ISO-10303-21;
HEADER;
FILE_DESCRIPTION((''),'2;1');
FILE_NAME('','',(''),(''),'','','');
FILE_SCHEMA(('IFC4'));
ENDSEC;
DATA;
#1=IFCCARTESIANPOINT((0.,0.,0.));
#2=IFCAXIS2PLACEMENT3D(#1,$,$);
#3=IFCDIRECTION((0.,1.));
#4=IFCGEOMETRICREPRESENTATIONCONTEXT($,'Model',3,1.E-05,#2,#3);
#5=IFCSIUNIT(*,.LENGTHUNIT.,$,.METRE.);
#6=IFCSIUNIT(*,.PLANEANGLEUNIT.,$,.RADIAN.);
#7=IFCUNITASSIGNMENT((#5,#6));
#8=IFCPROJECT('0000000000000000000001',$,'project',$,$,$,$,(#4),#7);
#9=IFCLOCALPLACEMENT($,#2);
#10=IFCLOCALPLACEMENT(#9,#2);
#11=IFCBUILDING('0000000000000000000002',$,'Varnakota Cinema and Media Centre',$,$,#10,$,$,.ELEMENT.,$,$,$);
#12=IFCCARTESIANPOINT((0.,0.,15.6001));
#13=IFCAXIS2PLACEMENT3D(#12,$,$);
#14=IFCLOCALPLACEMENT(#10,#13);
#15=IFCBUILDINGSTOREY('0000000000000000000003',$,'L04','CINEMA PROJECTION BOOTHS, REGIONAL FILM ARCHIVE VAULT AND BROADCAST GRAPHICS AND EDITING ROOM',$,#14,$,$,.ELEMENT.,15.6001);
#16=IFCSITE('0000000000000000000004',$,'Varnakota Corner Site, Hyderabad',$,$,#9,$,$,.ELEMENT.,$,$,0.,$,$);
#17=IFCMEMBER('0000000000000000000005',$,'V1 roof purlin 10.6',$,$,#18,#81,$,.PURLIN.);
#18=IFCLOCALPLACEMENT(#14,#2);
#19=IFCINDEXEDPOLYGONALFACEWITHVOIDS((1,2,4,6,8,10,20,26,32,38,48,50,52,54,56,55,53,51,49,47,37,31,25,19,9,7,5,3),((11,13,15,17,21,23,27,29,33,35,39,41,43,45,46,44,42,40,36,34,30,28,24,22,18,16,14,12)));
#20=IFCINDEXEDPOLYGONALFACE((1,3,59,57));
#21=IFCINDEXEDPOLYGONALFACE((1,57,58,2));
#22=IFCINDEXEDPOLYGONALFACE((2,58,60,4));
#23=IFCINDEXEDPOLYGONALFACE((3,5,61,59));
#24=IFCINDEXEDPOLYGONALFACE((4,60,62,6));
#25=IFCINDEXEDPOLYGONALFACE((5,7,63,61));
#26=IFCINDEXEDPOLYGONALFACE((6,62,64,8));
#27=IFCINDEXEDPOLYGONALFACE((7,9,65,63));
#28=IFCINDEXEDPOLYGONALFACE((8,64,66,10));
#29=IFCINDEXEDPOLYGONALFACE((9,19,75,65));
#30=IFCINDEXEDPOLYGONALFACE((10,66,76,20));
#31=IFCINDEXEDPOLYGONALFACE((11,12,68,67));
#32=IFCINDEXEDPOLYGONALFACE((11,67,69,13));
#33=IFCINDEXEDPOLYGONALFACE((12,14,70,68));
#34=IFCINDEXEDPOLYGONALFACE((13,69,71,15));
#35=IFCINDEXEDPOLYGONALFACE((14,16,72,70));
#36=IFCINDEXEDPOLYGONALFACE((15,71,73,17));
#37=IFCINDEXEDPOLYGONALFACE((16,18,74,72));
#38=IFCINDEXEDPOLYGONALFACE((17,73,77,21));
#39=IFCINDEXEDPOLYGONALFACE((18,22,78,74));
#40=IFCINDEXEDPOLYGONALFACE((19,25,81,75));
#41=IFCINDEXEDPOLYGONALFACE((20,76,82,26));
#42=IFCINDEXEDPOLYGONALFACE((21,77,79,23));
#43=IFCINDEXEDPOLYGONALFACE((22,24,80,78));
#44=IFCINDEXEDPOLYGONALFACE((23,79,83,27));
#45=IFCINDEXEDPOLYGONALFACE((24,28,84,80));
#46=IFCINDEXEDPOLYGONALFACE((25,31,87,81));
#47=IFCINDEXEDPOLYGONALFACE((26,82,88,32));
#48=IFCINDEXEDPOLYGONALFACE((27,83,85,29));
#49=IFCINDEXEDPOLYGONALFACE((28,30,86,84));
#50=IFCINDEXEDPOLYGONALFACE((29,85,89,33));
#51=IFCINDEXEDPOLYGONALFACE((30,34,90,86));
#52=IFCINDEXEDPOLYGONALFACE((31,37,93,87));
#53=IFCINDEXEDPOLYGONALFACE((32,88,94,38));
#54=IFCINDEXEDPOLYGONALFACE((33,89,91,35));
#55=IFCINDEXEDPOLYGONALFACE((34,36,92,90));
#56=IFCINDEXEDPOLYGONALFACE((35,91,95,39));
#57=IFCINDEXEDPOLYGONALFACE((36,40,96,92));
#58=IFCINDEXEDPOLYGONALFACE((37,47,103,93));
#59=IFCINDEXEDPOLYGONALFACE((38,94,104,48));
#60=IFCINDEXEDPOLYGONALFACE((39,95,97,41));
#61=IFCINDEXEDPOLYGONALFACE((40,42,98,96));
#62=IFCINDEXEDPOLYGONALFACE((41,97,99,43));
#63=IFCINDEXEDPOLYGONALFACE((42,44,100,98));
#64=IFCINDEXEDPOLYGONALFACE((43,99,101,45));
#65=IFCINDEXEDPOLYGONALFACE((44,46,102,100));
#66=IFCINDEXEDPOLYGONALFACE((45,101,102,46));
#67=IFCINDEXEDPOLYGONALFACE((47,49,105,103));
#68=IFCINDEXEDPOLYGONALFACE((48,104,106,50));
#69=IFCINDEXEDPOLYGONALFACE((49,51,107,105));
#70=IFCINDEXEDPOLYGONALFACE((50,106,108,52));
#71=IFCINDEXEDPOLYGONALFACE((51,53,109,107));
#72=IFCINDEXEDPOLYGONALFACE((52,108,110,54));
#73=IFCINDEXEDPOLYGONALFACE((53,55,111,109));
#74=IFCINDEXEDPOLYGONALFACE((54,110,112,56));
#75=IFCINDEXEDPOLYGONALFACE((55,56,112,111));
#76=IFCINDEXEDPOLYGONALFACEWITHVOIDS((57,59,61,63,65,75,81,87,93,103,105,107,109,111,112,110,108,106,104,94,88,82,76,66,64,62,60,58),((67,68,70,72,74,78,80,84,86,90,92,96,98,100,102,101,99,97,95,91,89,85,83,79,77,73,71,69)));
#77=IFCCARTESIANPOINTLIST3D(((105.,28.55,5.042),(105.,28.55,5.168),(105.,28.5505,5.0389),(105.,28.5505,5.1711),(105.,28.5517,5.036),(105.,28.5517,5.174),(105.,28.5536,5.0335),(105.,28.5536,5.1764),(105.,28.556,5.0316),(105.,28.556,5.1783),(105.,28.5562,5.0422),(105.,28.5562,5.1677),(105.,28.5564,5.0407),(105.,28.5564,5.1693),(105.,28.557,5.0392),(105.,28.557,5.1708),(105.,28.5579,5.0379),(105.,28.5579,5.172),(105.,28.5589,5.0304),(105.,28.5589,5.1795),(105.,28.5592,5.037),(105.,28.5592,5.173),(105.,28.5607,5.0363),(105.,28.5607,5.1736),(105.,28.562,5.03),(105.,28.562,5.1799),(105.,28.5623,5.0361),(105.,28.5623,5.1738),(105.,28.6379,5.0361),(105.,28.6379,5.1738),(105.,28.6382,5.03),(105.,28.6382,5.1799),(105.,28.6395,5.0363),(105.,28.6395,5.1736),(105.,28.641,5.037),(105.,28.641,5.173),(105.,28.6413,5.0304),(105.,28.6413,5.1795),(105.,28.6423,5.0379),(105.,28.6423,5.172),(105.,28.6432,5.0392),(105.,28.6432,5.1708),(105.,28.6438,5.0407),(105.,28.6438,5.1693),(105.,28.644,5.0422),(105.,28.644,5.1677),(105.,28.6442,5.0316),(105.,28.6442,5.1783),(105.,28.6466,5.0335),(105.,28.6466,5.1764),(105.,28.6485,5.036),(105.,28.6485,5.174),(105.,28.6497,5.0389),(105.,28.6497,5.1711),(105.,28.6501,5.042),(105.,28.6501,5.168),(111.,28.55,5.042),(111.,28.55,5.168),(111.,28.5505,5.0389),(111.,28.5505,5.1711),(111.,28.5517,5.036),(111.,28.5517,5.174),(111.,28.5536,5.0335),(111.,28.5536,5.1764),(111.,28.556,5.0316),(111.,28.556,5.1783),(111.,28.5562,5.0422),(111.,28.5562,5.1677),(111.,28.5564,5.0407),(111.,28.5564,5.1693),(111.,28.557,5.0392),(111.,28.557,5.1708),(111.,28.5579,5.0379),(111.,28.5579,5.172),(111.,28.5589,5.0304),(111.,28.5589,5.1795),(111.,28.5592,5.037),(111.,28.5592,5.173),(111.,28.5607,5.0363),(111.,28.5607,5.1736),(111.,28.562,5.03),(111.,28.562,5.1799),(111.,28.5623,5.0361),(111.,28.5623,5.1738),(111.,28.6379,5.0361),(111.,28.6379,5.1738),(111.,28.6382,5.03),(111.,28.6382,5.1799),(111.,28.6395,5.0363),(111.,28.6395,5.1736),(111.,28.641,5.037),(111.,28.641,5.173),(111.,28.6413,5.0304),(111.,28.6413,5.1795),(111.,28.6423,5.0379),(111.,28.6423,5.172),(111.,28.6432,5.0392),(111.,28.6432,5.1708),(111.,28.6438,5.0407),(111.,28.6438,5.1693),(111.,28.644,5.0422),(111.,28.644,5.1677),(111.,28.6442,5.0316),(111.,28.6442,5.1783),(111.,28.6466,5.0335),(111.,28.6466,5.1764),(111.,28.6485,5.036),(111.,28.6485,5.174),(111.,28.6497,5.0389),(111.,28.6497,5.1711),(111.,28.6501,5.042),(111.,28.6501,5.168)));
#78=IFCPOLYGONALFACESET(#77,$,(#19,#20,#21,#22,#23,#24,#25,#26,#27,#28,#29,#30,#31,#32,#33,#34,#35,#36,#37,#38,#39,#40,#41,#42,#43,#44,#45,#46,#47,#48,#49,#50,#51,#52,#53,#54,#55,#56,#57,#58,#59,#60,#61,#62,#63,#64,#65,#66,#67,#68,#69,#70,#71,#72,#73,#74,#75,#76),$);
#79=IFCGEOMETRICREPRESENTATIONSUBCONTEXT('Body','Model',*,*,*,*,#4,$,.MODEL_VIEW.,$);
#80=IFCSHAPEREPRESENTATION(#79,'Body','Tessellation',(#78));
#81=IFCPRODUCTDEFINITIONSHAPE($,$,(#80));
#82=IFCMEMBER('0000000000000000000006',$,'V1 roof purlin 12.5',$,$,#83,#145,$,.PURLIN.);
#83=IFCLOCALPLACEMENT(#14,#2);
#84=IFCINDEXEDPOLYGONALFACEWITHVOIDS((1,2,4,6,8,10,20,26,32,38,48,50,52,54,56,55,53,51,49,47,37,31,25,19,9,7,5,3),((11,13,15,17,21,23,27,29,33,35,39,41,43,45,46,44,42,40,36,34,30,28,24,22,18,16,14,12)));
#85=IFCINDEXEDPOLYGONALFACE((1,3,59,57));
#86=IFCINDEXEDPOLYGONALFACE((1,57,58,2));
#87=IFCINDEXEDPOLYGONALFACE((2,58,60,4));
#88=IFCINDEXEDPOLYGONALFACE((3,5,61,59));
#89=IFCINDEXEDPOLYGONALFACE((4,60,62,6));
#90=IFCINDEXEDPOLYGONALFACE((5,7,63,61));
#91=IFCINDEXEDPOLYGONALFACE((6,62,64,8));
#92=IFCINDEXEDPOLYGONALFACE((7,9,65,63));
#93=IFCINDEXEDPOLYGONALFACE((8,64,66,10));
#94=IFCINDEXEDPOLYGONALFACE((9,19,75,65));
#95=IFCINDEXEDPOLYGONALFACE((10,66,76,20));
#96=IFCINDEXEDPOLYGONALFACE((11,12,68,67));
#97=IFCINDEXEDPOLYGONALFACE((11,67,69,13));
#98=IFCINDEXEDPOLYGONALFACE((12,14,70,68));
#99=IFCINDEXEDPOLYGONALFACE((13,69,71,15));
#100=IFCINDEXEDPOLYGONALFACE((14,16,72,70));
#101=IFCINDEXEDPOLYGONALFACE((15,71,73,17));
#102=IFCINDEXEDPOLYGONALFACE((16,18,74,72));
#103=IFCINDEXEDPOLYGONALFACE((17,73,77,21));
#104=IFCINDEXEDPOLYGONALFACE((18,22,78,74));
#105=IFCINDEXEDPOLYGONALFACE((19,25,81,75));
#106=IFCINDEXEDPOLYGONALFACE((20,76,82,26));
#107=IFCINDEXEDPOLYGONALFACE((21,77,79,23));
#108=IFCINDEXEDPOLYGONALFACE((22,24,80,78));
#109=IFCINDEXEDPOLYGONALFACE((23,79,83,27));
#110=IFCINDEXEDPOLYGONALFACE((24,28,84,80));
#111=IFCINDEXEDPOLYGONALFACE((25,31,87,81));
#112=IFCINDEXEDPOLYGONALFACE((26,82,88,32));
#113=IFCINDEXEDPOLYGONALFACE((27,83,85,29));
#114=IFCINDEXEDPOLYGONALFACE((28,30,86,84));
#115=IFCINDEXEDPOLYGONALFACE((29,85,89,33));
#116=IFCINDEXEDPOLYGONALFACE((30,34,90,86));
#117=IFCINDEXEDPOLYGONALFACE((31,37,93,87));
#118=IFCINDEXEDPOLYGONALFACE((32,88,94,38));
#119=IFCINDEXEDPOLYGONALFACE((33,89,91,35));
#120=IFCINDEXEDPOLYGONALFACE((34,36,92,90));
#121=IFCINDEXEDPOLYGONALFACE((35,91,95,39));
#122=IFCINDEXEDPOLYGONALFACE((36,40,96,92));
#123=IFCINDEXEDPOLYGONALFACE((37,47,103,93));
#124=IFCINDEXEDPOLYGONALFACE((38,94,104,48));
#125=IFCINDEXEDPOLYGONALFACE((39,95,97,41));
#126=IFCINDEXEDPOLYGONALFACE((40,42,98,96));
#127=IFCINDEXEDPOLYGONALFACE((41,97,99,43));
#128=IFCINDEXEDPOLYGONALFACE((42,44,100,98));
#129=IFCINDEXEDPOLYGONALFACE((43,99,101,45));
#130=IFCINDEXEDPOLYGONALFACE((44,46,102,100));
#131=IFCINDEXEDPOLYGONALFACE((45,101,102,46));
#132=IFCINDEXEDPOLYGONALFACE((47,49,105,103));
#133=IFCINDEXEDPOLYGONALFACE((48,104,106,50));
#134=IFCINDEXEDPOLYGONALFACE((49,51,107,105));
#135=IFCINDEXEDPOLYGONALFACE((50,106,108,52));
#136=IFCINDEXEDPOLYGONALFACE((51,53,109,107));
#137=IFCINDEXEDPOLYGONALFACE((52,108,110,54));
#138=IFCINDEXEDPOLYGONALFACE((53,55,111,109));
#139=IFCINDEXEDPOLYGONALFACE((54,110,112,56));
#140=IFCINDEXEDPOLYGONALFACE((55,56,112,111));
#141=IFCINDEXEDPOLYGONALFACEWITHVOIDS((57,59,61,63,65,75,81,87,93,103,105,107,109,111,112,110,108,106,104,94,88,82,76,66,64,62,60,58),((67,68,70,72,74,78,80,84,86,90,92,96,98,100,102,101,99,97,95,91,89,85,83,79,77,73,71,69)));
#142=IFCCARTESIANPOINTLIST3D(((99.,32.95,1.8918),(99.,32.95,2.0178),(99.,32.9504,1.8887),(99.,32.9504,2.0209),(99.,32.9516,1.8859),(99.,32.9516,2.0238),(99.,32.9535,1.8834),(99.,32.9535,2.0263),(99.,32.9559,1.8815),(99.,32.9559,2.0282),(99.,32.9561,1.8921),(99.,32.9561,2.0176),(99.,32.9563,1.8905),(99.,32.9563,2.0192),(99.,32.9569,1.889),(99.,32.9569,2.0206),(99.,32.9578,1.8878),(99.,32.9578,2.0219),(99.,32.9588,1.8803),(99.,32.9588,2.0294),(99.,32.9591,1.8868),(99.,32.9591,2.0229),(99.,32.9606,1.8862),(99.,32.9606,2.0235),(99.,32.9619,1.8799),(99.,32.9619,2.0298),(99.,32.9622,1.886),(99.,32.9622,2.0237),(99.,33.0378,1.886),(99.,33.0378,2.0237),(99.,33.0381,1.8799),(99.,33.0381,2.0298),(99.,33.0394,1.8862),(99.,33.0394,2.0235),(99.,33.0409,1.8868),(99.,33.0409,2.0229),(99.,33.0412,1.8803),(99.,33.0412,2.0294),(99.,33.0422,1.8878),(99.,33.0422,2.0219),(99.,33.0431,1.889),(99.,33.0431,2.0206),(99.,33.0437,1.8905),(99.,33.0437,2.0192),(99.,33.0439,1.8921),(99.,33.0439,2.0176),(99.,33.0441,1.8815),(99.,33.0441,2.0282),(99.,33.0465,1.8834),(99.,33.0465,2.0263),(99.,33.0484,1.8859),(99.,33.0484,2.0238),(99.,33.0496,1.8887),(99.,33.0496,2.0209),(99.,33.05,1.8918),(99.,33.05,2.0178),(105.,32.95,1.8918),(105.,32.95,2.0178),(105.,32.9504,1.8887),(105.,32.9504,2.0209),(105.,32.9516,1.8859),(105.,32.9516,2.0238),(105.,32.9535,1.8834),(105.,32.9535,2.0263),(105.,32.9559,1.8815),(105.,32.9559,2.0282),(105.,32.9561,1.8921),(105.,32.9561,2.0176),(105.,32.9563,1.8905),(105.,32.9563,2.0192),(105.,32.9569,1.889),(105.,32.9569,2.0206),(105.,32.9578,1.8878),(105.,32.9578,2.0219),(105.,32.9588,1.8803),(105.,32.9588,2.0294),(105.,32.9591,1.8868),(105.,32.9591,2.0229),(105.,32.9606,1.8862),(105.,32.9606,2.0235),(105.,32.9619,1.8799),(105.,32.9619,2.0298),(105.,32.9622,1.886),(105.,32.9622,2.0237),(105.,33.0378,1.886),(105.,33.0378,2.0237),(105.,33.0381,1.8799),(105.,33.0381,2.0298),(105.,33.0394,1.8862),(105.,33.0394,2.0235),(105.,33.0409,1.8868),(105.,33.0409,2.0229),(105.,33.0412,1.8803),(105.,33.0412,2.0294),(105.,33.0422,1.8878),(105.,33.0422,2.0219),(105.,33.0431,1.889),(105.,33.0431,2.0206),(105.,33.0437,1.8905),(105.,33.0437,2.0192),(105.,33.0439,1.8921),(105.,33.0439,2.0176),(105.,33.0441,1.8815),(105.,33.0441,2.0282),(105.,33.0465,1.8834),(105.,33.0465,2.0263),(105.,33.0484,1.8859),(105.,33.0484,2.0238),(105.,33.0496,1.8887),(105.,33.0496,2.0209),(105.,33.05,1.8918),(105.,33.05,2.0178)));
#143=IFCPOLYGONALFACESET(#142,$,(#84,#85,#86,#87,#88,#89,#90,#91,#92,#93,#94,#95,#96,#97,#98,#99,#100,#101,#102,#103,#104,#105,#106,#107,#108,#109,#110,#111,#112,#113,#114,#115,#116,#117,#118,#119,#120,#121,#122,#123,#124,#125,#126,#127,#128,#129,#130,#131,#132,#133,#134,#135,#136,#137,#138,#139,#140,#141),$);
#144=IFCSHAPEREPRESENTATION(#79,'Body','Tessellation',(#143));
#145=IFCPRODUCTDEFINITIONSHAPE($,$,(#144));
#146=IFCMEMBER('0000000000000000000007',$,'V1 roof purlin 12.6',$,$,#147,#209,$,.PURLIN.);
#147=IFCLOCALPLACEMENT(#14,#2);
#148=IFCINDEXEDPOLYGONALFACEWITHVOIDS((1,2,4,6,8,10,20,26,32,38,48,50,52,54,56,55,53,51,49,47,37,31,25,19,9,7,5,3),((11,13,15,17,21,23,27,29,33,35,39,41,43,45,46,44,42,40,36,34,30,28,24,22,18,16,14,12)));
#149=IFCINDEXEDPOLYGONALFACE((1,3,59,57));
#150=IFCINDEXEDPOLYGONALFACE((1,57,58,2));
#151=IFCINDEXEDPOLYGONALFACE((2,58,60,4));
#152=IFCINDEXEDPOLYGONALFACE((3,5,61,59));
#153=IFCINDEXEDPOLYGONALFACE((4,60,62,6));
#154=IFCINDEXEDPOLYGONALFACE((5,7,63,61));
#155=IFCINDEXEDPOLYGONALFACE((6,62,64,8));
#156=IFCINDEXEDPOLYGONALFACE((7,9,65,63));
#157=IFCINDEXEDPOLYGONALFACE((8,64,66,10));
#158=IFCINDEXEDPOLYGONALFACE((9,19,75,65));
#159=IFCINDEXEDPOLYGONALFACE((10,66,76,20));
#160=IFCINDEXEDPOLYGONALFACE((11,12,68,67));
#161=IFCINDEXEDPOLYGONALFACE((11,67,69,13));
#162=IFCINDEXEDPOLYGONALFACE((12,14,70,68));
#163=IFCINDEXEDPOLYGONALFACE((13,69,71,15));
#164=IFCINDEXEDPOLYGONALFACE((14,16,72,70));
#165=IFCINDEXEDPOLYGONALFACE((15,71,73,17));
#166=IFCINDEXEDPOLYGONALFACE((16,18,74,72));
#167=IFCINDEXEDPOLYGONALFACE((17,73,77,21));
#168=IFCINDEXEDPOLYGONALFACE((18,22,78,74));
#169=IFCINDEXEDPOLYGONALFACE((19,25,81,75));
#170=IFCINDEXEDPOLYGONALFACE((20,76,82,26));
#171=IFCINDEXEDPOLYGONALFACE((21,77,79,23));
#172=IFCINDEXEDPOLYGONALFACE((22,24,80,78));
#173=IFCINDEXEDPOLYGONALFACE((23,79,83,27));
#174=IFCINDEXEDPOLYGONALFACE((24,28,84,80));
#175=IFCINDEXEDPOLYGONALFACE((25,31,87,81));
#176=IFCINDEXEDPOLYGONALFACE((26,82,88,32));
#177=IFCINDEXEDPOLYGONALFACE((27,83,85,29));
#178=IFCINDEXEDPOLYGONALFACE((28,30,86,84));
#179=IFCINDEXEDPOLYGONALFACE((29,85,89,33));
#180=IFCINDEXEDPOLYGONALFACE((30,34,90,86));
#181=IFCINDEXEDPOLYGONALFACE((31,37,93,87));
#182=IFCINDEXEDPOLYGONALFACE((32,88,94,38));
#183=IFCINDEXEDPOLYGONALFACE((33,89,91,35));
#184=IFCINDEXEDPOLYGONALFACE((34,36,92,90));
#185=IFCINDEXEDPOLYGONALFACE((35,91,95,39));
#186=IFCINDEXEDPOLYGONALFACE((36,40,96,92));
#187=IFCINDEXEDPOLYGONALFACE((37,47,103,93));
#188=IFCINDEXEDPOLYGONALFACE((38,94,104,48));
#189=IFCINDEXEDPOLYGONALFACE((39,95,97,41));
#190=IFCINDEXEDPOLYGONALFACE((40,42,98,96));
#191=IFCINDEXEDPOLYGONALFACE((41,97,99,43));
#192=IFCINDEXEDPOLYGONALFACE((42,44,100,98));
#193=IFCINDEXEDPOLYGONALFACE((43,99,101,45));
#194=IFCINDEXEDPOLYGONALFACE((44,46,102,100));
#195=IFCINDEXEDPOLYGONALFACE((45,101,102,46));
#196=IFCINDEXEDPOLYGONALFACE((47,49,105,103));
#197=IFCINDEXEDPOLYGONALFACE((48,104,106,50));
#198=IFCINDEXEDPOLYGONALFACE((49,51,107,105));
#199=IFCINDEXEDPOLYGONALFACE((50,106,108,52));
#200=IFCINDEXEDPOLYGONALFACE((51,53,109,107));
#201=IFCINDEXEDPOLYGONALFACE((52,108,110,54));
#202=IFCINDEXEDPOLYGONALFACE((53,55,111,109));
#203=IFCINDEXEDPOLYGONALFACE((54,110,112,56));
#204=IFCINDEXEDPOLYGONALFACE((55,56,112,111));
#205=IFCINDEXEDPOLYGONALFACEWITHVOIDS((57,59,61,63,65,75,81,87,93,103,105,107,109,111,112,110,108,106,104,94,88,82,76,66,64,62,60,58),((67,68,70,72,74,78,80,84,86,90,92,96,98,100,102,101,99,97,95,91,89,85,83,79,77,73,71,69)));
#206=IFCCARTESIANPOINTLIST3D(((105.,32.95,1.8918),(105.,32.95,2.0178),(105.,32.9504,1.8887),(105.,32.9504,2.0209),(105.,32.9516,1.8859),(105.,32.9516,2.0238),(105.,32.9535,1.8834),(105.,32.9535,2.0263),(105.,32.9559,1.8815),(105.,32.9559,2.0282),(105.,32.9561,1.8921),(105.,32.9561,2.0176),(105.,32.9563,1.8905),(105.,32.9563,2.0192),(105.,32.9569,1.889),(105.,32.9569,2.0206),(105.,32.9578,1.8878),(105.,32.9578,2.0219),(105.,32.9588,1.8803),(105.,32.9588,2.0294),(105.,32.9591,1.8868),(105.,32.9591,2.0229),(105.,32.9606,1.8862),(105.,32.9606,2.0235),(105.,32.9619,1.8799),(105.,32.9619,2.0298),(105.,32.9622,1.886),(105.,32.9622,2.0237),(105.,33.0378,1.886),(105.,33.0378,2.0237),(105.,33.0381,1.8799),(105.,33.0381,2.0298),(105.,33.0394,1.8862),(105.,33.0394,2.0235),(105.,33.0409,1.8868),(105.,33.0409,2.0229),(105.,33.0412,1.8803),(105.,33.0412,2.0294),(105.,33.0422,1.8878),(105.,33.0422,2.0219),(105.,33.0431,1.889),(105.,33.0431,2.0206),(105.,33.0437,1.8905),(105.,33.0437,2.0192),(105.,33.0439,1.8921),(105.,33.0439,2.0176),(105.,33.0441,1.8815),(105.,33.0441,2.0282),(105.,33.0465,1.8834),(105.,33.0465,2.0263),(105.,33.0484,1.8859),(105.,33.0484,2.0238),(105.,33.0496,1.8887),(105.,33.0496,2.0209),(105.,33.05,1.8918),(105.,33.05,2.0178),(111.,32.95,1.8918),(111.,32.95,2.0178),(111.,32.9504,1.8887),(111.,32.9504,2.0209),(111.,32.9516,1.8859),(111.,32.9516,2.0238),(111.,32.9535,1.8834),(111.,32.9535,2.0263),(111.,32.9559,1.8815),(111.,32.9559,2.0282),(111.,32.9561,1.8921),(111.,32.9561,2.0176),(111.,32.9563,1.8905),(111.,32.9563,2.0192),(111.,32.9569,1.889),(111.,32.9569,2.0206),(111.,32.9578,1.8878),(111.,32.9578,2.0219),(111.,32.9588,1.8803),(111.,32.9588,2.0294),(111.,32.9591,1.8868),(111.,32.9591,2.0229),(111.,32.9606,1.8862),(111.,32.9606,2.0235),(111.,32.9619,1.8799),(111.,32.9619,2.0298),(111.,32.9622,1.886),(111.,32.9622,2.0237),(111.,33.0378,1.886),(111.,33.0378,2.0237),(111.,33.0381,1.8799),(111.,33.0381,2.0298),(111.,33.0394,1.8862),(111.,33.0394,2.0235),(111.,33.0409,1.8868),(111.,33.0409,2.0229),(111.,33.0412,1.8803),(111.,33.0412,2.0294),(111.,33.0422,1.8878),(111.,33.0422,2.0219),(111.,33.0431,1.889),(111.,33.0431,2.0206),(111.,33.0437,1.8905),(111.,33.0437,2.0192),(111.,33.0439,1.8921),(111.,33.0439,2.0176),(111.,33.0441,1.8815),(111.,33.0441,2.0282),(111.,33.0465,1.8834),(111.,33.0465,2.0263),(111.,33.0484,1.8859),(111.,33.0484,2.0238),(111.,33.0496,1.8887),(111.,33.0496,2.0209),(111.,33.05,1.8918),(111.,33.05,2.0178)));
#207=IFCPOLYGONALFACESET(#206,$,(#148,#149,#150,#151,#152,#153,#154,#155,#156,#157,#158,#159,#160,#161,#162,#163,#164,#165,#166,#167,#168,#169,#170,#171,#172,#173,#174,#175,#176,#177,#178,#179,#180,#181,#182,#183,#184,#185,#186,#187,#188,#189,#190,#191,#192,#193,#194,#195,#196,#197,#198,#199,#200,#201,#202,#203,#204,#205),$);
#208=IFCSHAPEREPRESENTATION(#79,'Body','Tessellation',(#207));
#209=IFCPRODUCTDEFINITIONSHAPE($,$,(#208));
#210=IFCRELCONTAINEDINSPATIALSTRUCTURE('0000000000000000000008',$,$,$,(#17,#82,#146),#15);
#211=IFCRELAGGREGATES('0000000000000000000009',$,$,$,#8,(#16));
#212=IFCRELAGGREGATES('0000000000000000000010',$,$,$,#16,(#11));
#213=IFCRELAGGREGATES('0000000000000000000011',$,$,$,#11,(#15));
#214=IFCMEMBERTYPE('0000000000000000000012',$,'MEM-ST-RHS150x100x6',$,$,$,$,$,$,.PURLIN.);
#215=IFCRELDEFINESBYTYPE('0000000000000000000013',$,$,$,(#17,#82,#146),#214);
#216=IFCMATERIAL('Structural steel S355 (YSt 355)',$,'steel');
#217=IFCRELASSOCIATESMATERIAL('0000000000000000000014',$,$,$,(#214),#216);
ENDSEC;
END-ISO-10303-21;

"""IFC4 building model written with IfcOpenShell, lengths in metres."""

from ifc_helpers import new_model, si_unit, direction, frame, origin, origin_2d, place, context, subcontext, project, spatial, hollow_rectangle, extrude, material, material_profile, profile_set, type_object, element, save


model = new_model("IFC4")

# Units and contexts
model_context = context("Model", 3, precision=1e-05, world=origin(), true_north=direction((0.0, 1.0)))
body_context = subcontext(model_context, "Body", "Model", "MODEL_VIEW")
ifc_project = project(units=[si_unit("LENGTHUNIT", "METRE"), si_unit("PLANEANGLEUNIT", "RADIAN")], contexts=[model_context])

# Site, building, storey
site_placement = place(None, origin())
site = spatial("IfcSite", under=ifc_project, at=site_placement, Name="Varnakota Corner Site, Hyderabad", CompositionType="ELEMENT", RefElevation=0.0)
building_placement = place(site_placement, origin())
building = spatial("IfcBuilding", under=site, at=building_placement, Name="Varnakota Cinema and Media Centre", CompositionType="ELEMENT")
storey_placement = place(building_placement, frame((0.0, 0.0, 15.6001)))
storey = spatial("IfcBuildingStorey", under=building, at=storey_placement, Name="L04", Description="CINEMA PROJECTION BOOTHS, REGIONAL FILM ARCHIVE VAULT AND BROADCAST GRAPHICS AND EDITING ROOM", CompositionType="ELEMENT", Elevation=15.6001)

# Members
ifc_material_1 = material(Name="Structural steel S355 (YSt 355)", Category="steel")
ifc_material_profile_1 = material_profile(ifc_material_1, hollow_rectangle(XDim=0.1001, YDim=0.1499, WallThickness=0.0061, InnerFilletRadius=0.0061, OuterFilletRadius=0.012, at=origin_2d()), Name="RHS 150x100x6")
ifc_profile_set_1 = profile_set([ifc_material_profile_1], Name="Structural steel S355 (YSt 355)")
member_type_1 = type_object("IfcMemberType", Name="MEM-ST-RHS150x100x6", PredefinedType="PURLIN", material=ifc_profile_set_1)
for number, where, z_axis, x_axis, name in (
    (1, (105.0, 28.6001, 5.105), (1.0, 0.0, 0.0), (0.0, 1.0, 0.0), "V1 roof purlin 10.6"),
    (2, (99.0, 33.0, 1.9548), (1.0, 0.0, 0.0), (0.0, 1.0, 0.0), "V1 roof purlin 12.5"),
    (3, (105.0, 33.0, 1.9548), (1.0, 0.0, 0.0), (0.0, 1.0, 0.0), "V1 roof purlin 12.6"),
):
    element("IfcMember", number, at=place(storey_placement, frame(where, z_axis=z_axis, x_axis=x_axis)), inside=storey, type_object=member_type_1, Name=name, PredefinedType="PURLIN", context=body_context, shape_type="SweptSolid", body=[
        extrude(hollow_rectangle(XDim=0.1001, YDim=0.1499, WallThickness=0.0061, InnerFilletRadius=0.0061, OuterFilletRadius=0.012, at=origin_2d()), origin(), (0.0, 0.0, 1.0), 6.0),
    ])

save(model, "model.ifc")
